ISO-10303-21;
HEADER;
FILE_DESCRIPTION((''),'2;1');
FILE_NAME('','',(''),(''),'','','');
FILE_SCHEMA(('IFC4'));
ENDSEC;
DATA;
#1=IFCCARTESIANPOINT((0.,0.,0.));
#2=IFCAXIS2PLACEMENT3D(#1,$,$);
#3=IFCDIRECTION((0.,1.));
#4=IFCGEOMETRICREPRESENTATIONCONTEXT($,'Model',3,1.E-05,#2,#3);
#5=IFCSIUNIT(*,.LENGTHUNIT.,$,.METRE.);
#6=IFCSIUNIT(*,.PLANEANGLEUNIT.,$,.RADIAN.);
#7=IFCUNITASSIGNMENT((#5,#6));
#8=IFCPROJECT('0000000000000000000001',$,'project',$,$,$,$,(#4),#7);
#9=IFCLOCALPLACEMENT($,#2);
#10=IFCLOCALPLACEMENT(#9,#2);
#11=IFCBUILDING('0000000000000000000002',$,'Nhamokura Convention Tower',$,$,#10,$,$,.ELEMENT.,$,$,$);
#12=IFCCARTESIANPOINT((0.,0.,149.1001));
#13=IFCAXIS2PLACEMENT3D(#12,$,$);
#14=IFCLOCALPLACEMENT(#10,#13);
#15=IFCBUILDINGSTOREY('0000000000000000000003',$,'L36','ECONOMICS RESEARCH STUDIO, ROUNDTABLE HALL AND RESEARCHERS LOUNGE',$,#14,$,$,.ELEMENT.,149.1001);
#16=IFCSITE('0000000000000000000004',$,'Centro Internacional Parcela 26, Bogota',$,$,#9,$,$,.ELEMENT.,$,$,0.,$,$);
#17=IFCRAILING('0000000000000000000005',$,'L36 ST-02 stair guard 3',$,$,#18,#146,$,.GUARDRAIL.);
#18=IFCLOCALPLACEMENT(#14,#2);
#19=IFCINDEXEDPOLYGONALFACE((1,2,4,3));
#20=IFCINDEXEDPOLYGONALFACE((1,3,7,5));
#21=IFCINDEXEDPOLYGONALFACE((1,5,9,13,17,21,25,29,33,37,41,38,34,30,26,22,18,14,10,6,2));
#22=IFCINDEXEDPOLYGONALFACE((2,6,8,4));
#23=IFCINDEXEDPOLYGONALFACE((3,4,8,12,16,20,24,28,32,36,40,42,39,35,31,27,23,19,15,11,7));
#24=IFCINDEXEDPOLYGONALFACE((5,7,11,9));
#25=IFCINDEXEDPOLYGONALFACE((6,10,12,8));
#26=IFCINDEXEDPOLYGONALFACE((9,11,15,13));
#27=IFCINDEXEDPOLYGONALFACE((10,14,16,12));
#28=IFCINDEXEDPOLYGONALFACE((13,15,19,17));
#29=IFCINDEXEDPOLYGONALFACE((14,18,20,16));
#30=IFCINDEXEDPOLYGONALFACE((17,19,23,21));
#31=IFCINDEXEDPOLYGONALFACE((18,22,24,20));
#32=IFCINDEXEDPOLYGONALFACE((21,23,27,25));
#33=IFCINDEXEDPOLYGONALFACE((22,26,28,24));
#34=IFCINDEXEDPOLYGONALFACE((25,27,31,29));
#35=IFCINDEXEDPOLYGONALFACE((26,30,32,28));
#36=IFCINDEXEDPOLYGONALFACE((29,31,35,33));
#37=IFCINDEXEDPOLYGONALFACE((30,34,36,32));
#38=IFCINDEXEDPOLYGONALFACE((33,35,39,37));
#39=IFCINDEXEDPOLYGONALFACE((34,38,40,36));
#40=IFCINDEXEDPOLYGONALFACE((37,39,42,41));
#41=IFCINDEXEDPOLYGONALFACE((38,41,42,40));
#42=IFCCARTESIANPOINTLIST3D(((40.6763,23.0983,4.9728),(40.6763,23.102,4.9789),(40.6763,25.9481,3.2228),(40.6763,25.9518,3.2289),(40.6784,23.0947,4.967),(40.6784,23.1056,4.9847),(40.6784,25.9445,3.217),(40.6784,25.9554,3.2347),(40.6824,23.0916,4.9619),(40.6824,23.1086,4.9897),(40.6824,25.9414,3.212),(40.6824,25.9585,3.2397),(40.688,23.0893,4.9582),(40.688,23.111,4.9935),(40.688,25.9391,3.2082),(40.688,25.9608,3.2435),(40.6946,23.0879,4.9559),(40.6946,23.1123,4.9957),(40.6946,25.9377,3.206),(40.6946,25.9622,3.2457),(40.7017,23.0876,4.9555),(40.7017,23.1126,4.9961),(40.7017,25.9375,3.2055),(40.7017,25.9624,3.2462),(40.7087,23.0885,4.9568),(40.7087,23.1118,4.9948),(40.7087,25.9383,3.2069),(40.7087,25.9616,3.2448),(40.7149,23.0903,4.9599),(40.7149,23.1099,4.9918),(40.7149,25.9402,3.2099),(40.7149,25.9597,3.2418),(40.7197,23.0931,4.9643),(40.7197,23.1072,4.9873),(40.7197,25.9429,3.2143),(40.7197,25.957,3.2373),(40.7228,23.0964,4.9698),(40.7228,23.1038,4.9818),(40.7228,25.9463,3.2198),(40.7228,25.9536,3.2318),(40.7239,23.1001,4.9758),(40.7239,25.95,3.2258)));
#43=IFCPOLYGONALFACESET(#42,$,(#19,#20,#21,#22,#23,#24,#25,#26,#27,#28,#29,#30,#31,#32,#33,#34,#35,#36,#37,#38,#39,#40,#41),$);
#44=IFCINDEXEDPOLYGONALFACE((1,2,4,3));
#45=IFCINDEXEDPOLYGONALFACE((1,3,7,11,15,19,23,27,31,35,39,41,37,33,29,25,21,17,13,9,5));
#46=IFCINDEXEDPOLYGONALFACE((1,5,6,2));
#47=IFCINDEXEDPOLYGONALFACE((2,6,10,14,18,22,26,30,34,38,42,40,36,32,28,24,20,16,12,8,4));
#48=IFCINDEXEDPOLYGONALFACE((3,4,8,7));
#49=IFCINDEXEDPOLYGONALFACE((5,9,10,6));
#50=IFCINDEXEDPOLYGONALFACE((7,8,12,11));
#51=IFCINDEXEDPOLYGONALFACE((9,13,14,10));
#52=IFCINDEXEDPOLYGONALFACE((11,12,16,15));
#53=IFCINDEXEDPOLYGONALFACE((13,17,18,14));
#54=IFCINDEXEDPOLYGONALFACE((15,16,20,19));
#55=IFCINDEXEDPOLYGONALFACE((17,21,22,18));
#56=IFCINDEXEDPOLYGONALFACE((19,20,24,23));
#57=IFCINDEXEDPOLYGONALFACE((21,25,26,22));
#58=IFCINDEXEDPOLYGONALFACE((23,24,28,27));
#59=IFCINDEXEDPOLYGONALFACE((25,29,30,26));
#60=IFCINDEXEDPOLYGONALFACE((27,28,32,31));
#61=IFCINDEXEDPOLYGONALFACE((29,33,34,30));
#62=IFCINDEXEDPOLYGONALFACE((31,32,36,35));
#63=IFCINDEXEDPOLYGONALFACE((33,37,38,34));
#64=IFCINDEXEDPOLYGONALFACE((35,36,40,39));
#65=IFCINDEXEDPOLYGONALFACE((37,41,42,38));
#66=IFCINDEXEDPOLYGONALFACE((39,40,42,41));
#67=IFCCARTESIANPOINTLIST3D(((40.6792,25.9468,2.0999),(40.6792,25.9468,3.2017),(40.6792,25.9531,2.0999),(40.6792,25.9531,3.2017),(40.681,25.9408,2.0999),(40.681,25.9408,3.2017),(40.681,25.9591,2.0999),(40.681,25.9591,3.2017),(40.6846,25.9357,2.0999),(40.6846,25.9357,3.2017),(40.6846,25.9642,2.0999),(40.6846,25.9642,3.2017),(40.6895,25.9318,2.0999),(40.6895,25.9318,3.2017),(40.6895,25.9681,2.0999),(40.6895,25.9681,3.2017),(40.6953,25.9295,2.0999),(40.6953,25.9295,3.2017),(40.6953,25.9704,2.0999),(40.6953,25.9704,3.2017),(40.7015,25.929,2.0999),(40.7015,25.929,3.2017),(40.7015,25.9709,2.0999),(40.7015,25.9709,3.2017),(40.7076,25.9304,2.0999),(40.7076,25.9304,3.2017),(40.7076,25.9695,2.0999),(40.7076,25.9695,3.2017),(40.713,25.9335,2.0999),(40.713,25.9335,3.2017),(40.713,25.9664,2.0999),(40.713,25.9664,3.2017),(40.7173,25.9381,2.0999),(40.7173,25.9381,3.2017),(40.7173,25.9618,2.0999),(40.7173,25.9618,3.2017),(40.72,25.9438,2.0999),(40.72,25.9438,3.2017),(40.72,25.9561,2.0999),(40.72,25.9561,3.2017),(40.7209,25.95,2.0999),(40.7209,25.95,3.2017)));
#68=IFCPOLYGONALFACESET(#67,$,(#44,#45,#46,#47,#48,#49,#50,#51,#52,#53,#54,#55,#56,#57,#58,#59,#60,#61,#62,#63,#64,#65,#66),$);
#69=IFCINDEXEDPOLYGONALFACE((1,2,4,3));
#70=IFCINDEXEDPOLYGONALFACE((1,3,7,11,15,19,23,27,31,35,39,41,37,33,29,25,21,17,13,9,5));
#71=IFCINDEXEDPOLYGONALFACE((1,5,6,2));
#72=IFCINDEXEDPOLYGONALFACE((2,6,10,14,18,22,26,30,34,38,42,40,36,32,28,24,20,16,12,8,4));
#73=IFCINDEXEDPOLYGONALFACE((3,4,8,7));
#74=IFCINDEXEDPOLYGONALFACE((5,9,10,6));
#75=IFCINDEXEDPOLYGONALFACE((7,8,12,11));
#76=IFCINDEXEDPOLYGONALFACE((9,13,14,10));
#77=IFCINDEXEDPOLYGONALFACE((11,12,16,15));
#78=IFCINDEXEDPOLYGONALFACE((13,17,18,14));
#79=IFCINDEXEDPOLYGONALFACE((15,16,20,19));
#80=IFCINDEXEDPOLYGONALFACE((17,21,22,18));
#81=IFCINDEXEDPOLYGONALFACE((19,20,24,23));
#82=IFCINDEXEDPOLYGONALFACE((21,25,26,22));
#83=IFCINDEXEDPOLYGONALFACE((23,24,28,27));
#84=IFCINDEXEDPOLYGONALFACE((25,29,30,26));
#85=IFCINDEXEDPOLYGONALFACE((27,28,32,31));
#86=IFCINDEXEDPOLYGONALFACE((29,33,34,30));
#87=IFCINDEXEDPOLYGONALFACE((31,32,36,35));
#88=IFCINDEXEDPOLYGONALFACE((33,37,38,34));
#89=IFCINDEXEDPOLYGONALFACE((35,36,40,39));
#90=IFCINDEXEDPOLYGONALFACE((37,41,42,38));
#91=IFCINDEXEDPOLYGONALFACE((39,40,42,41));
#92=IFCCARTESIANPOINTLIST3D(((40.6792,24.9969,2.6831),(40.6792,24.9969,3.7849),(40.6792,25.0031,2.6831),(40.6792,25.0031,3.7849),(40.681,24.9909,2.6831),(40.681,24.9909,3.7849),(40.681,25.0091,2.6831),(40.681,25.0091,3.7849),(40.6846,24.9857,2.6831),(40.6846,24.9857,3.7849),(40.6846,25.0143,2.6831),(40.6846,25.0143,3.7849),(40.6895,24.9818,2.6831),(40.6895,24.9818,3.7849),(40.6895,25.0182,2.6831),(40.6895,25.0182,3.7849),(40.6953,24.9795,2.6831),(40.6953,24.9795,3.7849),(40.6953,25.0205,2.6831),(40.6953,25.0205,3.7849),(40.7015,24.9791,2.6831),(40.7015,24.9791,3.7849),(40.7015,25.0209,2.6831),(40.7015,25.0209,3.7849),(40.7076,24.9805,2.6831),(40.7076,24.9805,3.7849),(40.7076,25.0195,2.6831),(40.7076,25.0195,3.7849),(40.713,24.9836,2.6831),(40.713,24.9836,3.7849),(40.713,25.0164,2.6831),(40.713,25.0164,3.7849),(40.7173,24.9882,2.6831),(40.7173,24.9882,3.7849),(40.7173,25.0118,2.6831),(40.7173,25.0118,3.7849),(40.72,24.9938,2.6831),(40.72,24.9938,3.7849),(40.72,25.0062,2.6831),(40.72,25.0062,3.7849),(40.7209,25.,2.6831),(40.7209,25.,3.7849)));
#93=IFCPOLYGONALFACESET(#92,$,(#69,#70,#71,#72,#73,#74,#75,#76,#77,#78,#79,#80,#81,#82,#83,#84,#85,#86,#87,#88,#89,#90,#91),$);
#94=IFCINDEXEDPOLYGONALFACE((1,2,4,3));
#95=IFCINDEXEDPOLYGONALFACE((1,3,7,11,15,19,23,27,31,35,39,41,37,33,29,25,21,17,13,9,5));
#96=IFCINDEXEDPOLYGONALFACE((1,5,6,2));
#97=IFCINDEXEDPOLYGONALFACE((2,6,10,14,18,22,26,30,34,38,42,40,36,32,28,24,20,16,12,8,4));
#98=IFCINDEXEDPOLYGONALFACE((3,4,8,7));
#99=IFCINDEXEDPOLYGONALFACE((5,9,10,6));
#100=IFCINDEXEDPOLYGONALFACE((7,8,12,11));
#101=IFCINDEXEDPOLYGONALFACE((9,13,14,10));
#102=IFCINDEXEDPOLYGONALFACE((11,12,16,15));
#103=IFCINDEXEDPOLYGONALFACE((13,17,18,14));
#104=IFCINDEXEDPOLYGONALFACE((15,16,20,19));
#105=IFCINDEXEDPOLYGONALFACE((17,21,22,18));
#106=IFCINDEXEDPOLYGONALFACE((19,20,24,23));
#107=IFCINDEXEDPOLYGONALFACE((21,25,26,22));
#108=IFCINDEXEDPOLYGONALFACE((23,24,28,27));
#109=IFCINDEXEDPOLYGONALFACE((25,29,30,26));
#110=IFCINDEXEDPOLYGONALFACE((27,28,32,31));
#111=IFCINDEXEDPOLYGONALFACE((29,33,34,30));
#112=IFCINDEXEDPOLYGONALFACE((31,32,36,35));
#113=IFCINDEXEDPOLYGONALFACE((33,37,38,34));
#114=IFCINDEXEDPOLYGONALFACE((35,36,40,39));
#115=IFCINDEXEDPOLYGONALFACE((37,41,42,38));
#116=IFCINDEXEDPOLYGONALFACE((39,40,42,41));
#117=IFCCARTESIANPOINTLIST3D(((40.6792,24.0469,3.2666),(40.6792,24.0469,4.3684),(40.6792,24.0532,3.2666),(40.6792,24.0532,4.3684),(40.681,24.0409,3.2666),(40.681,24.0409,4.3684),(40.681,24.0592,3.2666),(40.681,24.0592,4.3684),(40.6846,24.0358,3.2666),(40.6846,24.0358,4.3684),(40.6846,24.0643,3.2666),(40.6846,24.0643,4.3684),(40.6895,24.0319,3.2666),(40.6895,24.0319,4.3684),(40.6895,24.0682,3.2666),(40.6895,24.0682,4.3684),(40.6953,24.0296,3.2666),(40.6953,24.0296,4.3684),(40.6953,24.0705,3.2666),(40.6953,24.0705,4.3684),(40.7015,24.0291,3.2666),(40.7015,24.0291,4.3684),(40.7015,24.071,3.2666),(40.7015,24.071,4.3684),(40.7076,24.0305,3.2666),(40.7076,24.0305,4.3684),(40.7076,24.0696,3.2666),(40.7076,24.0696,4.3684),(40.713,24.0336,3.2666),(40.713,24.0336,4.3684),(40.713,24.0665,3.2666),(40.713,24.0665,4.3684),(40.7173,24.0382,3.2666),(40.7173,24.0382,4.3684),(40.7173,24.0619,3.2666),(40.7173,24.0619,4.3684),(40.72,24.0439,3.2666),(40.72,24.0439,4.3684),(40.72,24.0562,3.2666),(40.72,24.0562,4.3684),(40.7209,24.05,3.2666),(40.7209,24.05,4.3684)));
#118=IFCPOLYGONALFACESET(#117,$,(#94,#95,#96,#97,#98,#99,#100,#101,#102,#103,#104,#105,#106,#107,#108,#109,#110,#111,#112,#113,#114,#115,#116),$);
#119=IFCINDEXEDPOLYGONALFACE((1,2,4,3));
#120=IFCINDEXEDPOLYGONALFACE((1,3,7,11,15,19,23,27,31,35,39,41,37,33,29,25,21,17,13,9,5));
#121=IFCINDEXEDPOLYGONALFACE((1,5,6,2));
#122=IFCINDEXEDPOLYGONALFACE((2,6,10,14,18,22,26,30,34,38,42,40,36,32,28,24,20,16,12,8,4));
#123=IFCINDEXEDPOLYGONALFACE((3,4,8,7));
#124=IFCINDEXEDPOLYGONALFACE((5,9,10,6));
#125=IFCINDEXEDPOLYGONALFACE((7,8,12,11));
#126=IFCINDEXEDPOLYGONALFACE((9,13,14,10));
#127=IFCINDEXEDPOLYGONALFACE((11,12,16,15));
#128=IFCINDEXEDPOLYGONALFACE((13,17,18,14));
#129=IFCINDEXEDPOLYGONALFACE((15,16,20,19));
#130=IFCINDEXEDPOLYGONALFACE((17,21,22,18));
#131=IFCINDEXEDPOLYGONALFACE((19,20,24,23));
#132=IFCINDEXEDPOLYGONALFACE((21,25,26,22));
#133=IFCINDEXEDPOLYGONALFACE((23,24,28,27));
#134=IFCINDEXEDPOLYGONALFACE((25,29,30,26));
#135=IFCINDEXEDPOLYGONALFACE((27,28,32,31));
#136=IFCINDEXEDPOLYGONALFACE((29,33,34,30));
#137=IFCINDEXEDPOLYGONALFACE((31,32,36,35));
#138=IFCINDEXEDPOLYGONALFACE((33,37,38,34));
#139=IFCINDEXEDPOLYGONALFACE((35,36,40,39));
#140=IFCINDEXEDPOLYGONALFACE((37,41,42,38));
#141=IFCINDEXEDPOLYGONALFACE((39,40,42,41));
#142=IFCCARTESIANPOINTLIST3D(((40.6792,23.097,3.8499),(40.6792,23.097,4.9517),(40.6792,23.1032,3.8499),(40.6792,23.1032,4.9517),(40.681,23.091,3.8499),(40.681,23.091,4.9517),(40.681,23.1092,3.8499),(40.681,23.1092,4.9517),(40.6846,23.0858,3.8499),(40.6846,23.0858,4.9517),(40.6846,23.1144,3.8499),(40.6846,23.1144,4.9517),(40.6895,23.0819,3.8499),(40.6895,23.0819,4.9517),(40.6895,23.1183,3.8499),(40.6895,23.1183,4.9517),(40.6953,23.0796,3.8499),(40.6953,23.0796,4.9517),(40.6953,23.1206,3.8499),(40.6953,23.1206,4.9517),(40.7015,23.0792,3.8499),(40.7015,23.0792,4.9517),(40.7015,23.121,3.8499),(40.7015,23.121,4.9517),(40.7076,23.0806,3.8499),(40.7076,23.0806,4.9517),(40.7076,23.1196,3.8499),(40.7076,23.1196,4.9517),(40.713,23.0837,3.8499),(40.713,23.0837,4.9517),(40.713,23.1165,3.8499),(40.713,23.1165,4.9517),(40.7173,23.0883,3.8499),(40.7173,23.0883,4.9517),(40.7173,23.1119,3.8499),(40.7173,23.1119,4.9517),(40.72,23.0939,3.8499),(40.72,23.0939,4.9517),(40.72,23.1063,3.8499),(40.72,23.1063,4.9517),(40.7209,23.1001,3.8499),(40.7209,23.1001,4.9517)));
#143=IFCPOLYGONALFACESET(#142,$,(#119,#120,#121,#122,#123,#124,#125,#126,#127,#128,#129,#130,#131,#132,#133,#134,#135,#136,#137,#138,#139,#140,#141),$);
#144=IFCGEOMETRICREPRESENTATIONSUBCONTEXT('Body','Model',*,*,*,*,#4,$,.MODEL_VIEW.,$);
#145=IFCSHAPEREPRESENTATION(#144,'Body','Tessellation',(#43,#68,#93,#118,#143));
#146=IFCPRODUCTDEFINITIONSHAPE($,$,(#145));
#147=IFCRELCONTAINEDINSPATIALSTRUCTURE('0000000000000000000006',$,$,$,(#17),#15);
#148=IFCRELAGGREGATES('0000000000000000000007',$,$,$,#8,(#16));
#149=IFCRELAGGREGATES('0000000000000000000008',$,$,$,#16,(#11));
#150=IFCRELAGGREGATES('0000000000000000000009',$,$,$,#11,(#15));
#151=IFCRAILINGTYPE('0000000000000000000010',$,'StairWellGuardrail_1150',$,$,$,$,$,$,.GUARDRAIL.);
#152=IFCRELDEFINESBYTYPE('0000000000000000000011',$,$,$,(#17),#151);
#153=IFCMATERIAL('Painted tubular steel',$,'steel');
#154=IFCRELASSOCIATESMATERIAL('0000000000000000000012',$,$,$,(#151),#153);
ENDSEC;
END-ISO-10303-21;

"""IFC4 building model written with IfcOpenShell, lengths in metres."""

from ifc_helpers import new_model, si_unit, direction, frame, origin, origin_2d, place, context, subcontext, project, spatial, circle, extrude, material, type_object, element, save


model = new_model("IFC4")

# Units and contexts
model_context = context("Model", 3, precision=1e-05, world=origin(), true_north=direction((0.0, 1.0)))
body_context = subcontext(model_context, "Body", "Model", "MODEL_VIEW")
ifc_project = project(units=[si_unit("LENGTHUNIT", "METRE"), si_unit("PLANEANGLEUNIT", "RADIAN")], contexts=[model_context])

# Site, building, storey
site_placement = place(None, origin())
site = spatial("IfcSite", under=ifc_project, at=site_placement, Name="Centro Internacional Parcela 26, Bogota", CompositionType="ELEMENT", RefElevation=0.0)
building_placement = place(site_placement, origin())
building = spatial("IfcBuilding", under=site, at=building_placement, Name="Nhamokura Convention Tower", CompositionType="ELEMENT")
storey_placement = place(building_placement, frame((0.0, 0.0, 149.1001)))
storey = spatial("IfcBuildingStorey", under=building, at=storey_placement, Name="L36", Description="ECONOMICS RESEARCH STUDIO, ROUNDTABLE HALL AND RESEARCHERS LOUNGE", CompositionType="ELEMENT", Elevation=149.1001)

# Railing
ifc_material_1 = material(Name="Painted tubular steel", Category="steel")
railing_type_1 = type_object("IfcRailingType", Name="StairWellGuardrail_1150", PredefinedType="GUARDRAIL", material=ifc_material_1)
railing_1_placement = place(storey_placement, frame((40.7, 25.95, 2.0999)))
element("IfcRailing", 1, at=railing_1_placement, inside=storey, type_object=railing_type_1, Name="L36 ST-02 stair guard 3", PredefinedType="GUARDRAIL", context=body_context, shape_type="SweptSolid", body=[
    extrude(circle(Radius=0.0239, at=origin_2d()), frame((0.0, 0.0, 1.126), z_axis=(0.0, -0.852159, 0.523283), x_axis=(1.0, 0.0, 0.0)), (0.0, 0.0, 1.0), 3.3442),
    extrude(circle(Radius=0.021, at=origin_2d()), origin(), (0.0, 0.0, 1.0), 1.1018),
    extrude(circle(Radius=0.021, at=origin_2d()), frame((0.0, -0.95, 0.5833)), (0.0, 0.0, 1.0), 1.1018),
    extrude(circle(Radius=0.021, at=origin_2d()), frame((0.0, -1.8999, 1.1667)), (0.0, 0.0, 1.0), 1.1018),
    extrude(circle(Radius=0.021, at=origin_2d()), frame((0.0, -2.8499, 1.75)), (0.0, 0.0, 1.0), 1.1018),
])

save(model, "model.ifc")
